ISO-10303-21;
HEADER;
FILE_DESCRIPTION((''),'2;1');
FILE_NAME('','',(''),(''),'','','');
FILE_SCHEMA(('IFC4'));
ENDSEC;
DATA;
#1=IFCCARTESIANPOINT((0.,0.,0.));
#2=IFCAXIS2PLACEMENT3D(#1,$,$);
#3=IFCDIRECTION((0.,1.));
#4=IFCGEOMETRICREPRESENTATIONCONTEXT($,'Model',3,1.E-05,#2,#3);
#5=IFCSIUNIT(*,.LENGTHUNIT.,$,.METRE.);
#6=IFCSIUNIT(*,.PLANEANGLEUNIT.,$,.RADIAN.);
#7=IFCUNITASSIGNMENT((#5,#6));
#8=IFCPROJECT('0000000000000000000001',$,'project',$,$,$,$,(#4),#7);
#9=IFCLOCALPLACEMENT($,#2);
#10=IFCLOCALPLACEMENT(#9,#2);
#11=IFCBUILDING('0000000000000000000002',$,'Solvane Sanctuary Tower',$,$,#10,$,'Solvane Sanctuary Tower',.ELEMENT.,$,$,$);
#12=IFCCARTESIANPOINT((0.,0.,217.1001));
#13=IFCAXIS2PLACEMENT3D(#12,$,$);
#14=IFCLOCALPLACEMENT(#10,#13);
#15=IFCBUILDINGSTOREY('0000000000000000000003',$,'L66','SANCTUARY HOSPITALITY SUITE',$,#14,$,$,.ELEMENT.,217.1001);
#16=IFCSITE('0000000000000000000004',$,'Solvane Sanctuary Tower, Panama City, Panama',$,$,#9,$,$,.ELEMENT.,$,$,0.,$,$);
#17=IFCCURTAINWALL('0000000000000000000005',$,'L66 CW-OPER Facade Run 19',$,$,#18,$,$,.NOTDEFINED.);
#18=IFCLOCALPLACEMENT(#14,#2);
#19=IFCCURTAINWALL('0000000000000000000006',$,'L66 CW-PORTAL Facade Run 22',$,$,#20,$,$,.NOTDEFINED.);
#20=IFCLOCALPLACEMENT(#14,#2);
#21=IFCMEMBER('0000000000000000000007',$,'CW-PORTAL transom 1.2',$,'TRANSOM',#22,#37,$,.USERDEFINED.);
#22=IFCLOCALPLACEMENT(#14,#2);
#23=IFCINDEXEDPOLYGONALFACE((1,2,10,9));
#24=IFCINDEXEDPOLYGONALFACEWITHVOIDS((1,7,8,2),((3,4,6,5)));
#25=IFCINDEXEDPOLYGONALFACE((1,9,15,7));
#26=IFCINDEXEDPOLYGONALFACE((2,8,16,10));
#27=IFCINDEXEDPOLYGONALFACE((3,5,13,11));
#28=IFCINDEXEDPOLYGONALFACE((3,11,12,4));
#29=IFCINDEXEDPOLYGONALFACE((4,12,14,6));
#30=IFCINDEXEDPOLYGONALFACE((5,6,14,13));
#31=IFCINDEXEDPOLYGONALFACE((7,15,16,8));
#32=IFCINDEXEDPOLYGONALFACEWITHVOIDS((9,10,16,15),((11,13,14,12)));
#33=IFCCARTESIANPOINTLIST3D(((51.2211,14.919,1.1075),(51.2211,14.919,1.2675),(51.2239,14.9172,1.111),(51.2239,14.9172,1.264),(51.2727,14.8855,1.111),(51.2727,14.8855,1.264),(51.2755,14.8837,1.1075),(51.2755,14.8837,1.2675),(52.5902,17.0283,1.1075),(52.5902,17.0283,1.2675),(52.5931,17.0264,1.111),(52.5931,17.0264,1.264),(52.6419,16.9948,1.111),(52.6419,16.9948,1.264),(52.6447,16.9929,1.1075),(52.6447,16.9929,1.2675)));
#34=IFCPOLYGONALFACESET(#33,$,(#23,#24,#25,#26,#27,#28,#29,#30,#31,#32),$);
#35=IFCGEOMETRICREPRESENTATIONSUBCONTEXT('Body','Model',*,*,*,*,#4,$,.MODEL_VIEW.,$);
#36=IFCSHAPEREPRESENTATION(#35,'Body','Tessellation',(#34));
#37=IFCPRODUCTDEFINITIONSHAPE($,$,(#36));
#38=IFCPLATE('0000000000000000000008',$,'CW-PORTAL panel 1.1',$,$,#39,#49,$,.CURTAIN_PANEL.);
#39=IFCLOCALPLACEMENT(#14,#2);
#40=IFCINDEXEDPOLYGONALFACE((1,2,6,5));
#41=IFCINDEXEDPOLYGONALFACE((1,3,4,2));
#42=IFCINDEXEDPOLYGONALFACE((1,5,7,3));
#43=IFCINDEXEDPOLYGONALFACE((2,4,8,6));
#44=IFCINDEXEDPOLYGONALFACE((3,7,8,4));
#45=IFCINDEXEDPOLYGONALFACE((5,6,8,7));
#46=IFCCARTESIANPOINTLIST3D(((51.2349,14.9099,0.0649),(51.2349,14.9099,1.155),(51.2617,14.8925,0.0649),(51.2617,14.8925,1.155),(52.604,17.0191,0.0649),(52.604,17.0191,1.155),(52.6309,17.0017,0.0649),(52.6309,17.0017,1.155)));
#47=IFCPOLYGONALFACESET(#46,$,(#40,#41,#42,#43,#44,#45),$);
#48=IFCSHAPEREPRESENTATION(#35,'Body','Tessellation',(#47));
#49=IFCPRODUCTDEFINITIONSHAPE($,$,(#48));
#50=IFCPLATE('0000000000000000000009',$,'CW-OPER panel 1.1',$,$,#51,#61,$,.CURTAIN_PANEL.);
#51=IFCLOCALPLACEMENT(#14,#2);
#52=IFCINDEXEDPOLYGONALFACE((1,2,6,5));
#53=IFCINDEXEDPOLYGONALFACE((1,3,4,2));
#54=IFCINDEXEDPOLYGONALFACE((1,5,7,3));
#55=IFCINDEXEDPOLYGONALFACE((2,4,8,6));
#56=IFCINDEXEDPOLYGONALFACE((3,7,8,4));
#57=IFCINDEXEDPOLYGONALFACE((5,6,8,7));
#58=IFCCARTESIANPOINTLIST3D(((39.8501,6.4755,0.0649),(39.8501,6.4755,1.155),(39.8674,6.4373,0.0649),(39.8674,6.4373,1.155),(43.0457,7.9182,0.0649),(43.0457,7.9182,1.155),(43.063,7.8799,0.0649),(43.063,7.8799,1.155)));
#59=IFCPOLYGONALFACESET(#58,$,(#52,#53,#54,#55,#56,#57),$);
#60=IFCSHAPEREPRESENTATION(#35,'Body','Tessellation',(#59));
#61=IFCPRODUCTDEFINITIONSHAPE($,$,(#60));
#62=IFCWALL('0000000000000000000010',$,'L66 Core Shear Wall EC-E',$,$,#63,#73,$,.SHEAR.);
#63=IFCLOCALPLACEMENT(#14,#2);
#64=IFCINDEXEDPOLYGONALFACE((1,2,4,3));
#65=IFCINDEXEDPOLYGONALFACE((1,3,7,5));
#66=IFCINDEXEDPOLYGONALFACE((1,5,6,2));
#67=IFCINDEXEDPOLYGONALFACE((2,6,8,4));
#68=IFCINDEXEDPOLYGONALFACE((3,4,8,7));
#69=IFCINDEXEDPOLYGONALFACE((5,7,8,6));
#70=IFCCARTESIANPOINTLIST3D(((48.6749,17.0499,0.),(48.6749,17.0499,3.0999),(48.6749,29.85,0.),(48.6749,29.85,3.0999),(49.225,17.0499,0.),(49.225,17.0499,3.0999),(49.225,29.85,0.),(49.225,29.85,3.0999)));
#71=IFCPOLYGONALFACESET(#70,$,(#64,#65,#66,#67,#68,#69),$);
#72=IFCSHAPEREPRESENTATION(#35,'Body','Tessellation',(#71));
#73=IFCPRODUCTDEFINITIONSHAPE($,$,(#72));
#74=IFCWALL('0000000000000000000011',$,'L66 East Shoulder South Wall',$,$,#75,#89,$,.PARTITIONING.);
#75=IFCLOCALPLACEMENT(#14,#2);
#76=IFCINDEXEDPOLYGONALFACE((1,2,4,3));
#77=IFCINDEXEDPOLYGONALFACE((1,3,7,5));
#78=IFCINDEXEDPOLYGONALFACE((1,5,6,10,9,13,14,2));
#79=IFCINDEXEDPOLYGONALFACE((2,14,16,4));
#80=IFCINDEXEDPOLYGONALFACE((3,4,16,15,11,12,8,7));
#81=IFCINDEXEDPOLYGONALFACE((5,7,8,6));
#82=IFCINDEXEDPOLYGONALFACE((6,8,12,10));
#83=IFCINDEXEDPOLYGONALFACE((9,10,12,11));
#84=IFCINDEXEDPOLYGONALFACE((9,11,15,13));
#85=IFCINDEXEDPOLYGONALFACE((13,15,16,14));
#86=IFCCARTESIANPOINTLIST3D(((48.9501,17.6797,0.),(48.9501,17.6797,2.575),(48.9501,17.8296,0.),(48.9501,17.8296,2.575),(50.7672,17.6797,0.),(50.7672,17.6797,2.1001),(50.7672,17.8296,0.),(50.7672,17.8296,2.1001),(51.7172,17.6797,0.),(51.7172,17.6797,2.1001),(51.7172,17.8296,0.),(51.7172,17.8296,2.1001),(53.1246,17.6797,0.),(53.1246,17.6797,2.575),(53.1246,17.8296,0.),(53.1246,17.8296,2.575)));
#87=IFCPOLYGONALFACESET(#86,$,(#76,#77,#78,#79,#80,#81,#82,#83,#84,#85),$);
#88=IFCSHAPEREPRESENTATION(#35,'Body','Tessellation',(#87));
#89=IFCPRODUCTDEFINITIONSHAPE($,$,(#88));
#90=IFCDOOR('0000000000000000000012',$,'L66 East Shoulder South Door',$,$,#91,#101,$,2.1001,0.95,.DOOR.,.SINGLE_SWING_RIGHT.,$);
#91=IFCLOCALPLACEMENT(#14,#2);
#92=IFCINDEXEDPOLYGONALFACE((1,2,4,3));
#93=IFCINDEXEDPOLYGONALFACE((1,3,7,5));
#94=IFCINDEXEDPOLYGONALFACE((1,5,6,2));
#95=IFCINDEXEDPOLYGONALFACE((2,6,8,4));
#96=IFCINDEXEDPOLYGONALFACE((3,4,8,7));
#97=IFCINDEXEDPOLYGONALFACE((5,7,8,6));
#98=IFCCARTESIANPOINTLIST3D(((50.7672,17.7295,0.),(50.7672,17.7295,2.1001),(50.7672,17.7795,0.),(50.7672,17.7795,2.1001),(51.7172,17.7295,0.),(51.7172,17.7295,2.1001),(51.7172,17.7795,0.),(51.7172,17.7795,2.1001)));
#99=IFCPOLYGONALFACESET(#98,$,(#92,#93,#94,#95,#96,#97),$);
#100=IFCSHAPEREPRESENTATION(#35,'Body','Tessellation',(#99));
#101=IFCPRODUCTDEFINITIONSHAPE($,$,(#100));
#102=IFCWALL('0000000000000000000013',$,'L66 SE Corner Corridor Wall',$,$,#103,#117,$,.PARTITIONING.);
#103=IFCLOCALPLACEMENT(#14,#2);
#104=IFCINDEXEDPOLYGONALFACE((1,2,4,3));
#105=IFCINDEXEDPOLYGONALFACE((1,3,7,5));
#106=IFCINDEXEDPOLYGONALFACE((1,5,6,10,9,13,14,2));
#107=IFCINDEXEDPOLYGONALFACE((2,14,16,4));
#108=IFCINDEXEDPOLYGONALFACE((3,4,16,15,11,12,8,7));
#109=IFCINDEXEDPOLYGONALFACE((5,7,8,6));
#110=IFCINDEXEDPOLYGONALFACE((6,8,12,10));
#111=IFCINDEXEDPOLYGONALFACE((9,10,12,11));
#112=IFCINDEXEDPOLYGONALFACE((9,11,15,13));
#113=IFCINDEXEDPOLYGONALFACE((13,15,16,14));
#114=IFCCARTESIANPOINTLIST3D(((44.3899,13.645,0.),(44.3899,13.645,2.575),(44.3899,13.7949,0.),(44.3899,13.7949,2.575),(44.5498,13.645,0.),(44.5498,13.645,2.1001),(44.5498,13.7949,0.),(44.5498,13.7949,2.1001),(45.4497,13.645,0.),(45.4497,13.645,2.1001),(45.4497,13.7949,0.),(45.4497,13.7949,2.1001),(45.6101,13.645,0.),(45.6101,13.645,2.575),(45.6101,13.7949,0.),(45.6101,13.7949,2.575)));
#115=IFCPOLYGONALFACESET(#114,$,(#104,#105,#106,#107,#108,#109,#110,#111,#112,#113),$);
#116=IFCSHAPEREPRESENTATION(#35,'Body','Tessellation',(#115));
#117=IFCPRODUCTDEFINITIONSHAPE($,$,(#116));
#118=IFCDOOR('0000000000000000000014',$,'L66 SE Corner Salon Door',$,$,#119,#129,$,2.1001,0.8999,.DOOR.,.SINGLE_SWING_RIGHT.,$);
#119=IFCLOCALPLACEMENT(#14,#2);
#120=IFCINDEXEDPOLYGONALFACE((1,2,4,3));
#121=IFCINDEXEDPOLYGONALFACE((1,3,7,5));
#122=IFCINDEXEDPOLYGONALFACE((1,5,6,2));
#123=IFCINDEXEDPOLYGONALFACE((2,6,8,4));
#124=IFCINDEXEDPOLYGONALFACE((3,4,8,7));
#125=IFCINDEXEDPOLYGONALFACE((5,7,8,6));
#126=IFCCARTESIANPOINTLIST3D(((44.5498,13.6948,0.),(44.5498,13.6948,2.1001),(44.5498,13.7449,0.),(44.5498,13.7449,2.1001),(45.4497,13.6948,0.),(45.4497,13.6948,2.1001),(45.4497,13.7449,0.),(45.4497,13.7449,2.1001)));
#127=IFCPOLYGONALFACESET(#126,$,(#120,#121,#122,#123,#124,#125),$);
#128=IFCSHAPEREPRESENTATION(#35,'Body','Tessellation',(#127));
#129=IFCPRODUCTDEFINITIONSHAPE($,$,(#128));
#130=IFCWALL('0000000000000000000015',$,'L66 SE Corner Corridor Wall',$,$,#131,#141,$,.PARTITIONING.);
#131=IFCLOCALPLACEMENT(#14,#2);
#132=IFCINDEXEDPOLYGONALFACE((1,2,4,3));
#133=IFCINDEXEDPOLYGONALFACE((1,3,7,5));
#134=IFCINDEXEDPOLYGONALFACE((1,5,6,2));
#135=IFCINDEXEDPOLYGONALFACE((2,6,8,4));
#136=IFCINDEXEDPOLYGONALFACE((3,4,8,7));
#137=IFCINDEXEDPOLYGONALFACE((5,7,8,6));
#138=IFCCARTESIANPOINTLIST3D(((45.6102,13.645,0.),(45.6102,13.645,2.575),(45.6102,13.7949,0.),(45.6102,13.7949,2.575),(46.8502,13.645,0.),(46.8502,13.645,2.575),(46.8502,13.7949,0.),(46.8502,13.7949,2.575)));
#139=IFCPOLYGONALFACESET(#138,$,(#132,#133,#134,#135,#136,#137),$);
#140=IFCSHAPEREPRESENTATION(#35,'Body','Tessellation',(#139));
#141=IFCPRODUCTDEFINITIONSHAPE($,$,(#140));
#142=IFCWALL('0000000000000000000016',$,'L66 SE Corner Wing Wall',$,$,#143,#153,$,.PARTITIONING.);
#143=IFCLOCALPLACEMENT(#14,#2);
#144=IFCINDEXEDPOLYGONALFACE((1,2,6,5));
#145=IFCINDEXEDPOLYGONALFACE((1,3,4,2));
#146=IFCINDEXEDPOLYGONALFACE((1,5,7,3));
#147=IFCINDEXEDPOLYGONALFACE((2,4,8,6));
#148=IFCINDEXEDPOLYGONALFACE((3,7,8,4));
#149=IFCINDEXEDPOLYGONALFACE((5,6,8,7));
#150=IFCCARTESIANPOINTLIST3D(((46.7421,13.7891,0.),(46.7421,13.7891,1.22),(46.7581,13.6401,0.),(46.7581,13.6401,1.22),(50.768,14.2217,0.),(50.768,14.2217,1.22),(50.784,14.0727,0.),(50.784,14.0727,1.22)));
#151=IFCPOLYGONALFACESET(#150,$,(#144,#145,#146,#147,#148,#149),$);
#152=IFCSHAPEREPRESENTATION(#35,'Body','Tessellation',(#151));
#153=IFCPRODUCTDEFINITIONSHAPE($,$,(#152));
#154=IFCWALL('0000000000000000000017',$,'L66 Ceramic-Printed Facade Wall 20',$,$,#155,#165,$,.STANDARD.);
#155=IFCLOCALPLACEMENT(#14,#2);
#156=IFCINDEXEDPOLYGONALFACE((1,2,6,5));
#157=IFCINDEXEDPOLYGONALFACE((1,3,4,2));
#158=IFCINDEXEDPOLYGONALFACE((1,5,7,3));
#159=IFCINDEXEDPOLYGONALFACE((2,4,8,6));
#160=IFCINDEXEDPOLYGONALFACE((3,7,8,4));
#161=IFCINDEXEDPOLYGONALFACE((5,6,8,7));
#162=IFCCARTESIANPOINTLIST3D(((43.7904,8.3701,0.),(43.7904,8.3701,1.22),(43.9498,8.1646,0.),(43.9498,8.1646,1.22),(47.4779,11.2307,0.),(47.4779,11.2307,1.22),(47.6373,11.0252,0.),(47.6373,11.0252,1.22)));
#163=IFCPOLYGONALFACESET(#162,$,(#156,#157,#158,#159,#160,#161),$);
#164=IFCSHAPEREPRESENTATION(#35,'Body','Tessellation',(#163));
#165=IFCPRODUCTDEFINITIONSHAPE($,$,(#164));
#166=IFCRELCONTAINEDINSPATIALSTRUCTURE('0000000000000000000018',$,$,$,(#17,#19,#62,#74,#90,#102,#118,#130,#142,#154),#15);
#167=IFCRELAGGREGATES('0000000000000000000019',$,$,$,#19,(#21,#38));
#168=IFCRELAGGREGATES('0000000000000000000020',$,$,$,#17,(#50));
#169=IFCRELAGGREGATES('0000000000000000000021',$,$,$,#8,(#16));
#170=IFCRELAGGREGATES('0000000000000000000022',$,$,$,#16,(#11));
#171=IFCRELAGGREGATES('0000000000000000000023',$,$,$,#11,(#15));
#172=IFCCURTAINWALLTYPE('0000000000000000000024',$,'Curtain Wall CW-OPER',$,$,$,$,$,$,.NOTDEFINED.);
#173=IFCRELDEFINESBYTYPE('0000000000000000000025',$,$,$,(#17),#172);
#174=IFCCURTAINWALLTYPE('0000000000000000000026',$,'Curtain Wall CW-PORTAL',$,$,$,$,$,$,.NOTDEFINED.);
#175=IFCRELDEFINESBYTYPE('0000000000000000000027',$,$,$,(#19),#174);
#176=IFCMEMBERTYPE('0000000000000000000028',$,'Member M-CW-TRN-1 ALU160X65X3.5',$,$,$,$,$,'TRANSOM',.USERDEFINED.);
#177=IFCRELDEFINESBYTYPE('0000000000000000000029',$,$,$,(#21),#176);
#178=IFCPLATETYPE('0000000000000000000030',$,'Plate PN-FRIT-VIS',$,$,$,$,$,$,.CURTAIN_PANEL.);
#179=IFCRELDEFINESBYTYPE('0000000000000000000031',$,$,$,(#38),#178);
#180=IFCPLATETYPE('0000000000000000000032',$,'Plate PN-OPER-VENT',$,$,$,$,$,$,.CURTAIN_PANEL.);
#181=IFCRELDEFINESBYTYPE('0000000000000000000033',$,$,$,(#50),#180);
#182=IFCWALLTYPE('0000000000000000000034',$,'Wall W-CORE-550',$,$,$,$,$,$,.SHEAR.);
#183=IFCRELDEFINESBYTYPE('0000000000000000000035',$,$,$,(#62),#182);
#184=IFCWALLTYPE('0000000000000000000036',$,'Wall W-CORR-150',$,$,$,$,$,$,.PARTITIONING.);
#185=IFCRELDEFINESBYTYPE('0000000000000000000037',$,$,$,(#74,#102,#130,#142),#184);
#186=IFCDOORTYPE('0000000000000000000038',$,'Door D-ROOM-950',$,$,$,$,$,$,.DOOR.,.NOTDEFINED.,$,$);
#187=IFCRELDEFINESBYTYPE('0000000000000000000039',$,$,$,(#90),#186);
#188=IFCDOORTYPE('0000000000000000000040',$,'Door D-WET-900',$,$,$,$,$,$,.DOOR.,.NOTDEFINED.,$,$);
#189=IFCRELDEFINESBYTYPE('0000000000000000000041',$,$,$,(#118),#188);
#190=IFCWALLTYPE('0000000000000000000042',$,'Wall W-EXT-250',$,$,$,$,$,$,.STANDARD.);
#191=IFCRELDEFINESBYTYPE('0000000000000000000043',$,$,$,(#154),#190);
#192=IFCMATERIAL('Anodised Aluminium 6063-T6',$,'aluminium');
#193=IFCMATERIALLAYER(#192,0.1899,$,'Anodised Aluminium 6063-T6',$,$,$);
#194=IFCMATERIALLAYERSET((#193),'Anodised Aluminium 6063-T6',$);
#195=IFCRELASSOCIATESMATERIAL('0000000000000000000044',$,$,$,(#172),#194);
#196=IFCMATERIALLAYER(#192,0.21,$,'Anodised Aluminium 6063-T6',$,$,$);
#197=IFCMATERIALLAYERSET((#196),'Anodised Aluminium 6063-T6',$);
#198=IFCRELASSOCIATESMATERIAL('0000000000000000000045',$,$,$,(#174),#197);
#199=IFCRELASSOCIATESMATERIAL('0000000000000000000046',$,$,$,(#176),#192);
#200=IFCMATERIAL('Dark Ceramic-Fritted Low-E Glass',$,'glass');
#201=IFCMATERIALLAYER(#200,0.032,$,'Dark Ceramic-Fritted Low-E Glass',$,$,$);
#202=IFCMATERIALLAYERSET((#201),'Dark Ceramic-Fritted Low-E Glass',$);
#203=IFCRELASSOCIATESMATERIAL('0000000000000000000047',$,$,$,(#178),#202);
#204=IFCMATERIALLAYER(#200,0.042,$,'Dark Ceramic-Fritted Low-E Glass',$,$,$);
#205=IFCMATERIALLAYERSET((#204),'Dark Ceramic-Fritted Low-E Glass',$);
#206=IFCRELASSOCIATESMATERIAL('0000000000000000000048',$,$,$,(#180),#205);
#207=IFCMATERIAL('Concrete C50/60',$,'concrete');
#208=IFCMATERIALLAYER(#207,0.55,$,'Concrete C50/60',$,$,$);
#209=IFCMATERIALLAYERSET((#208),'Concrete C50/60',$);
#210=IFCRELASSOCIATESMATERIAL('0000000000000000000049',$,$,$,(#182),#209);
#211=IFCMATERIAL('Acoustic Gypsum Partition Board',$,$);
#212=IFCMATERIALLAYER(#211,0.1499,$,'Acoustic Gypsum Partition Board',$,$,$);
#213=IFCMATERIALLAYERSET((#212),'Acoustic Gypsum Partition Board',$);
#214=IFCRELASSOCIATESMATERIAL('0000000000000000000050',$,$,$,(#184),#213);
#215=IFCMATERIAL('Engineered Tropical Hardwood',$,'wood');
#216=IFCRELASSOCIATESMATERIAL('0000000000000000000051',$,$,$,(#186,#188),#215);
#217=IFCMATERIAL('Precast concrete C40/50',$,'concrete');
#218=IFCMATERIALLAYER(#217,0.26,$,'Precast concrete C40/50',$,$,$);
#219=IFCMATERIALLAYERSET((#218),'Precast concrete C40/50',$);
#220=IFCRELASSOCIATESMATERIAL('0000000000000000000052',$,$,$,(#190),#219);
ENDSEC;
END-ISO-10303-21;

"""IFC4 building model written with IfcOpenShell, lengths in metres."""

from ifc_helpers import new_model, si_unit, direction, frame, frame_2d, origin, origin_2d, place, context, subcontext, project, spatial, rectangle, hollow_rectangle, extrude, material, layer, layer_set, material_profile, profile_set, type_object, element, fill, aggregate, save


model = new_model("IFC4")

# Units and contexts
model_context = context("Model", 3, precision=1e-05, world=origin(), true_north=direction((0.0, 1.0)))
body_context = subcontext(model_context, "Body", "Model", "MODEL_VIEW")
ifc_project = project(units=[si_unit("LENGTHUNIT", "METRE"), si_unit("PLANEANGLEUNIT", "RADIAN")], contexts=[model_context])

# Site, building, storey
site_placement = place(None, origin())
site = spatial("IfcSite", under=ifc_project, at=site_placement, Name="Solvane Sanctuary Tower, Panama City, Panama", CompositionType="ELEMENT", RefElevation=0.0)
building_placement = place(site_placement, origin())
building = spatial("IfcBuilding", under=site, at=building_placement, Name="Solvane Sanctuary Tower", LongName="Solvane Sanctuary Tower", CompositionType="ELEMENT")
storey_placement = place(building_placement, frame((0.0, 0.0, 217.1001)))
storey = spatial("IfcBuildingStorey", under=building, at=storey_placement, Name="L66", Description="SANCTUARY HOSPITALITY SUITE", CompositionType="ELEMENT", Elevation=217.1001)

# Shared definitions
ifc_material_1 = material(Name="Concrete C50/60", Category="concrete")

# Curtain wall
ifc_material_2 = material(Name="Anodised Aluminium 6063-T6", Category="aluminium")
ifc_layer_1 = layer(ifc_material_2, 0.1899, Name="Anodised Aluminium 6063-T6")
ifc_layer_set_1 = layer_set([ifc_layer_1], Name="Anodised Aluminium 6063-T6")
curtain_wall_type_1 = type_object("IfcCurtainWallType", Name="Curtain Wall CW-OPER", PredefinedType="NOTDEFINED", material=ifc_layer_set_1)
curtain_wall_1_placement = place(storey_placement, origin())
curtain_wall_1 = element("IfcCurtainWall", 1, at=curtain_wall_1_placement, inside=storey, type_object=curtain_wall_type_1, Name="L66 CW-OPER Facade Run 19", PredefinedType="NOTDEFINED")

# Curtain wall, member, plate
ifc_layer_2 = layer(ifc_material_2, 0.21, Name="Anodised Aluminium 6063-T6")
ifc_layer_set_2 = layer_set([ifc_layer_2], Name="Anodised Aluminium 6063-T6")
curtain_wall_type_2 = type_object("IfcCurtainWallType", Name="Curtain Wall CW-PORTAL", PredefinedType="NOTDEFINED", material=ifc_layer_set_2)
curtain_wall_2_placement = place(storey_placement, origin())
curtain_wall_2 = element("IfcCurtainWall", 2, at=curtain_wall_2_placement, inside=storey, type_object=curtain_wall_type_2, Name="L66 CW-PORTAL Facade Run 22", PredefinedType="NOTDEFINED")
ifc_material_profile_1 = material_profile(ifc_material_2, hollow_rectangle(XDim=0.0649, YDim=0.1599, WallThickness=0.0034, at=origin_2d()), Name="ALU160X65X3.5")
ifc_profile_set_1 = profile_set([ifc_material_profile_1], Name="Anodised Aluminium 6063-T6")
member_type_1 = type_object("IfcMemberType", Name="Member M-CW-TRN-1 ALU160X65X3.5", ElementType="TRANSOM", PredefinedType="USERDEFINED", material=ifc_profile_set_1)
member_1_placement = place(storey_placement, frame((51.2483, 14.9014, 1.1875), z_axis=(0.544487, 0.83877, 0.0), x_axis=(-0.83877, 0.544487, 0.0)))
member_1 = element("IfcMember", 3, at=member_1_placement, type_object=member_type_1, Name="CW-PORTAL transom 1.2", ObjectType="TRANSOM", PredefinedType="USERDEFINED", context=body_context, shape_type="SweptSolid", body=[
    extrude(hollow_rectangle(XDim=0.0649, YDim=0.1599, WallThickness=0.0034, at=origin_2d()), origin(), (0.0, 0.0, 1.0), 2.5146),
])
ifc_material_3 = material(Name="Dark Ceramic-Fritted Low-E Glass", Category="glass")
ifc_layer_3 = layer(ifc_material_3, 0.032, Name="Dark Ceramic-Fritted Low-E Glass")
ifc_layer_set_3 = layer_set([ifc_layer_3], Name="Dark Ceramic-Fritted Low-E Glass")
plate_type_1 = type_object("IfcPlateType", Name="Plate PN-FRIT-VIS", PredefinedType="CURTAIN_PANEL", material=ifc_layer_set_3)
plate_1_placement = place(storey_placement, frame((51.9329, 15.9558, 0.0649), z_axis=(0.0, 0.0, 1.0), x_axis=(0.544474, 0.838778, 0.0)))
plate_1 = element("IfcPlate", 4, at=plate_1_placement, type_object=plate_type_1, Name="CW-PORTAL panel 1.1", PredefinedType="CURTAIN_PANEL", context=body_context, shape_type="SweptSolid", body=[
    extrude(rectangle(XDim=2.5146, YDim=0.032, at=origin_2d()), origin(), (0.0, 0.0, 1.0), 1.0901),
])
aggregate(curtain_wall_2, [member_1, plate_1])

# Plate
ifc_layer_4 = layer(ifc_material_3, 0.042, Name="Dark Ceramic-Fritted Low-E Glass")
ifc_layer_set_4 = layer_set([ifc_layer_4], Name="Dark Ceramic-Fritted Low-E Glass")
plate_type_2 = type_object("IfcPlateType", Name="Plate PN-OPER-VENT", PredefinedType="CURTAIN_PANEL", material=ifc_layer_set_4)
plate_2_placement = place(storey_placement, frame((41.4565, 7.1777, 0.0649), z_axis=(0.0, 0.0, 1.0), x_axis=(0.911423, 0.411471, 0.0)))
plate_2 = element("IfcPlate", 5, at=plate_2_placement, type_object=plate_type_2, Name="CW-OPER panel 1.1", PredefinedType="CURTAIN_PANEL", context=body_context, shape_type="SweptSolid", body=[
    extrude(rectangle(XDim=3.5061, YDim=0.042, at=origin_2d()), origin(), (0.0, 0.0, 1.0), 1.0901),
])
aggregate(curtain_wall_1, [plate_2])

# Wall
ifc_layer_5 = layer(ifc_material_1, 0.55, Name="Concrete C50/60")
ifc_layer_set_5 = layer_set([ifc_layer_5], Name="Concrete C50/60")
wall_type_1 = type_object("IfcWallType", Name="Wall W-CORE-550", PredefinedType="SHEAR", material=ifc_layer_set_5)
wall_1_placement = place(storey_placement, frame((48.95, 17.05, 0.0), z_axis=(0.0, 0.0, 1.0), x_axis=(0.0, 1.0, 0.0)))
element("IfcWall", 6, at=wall_1_placement, inside=storey, type_object=wall_type_1, Name="L66 Core Shear Wall EC-E", PredefinedType="SHEAR", context=body_context, shape_type="SweptSolid", body=[
    extrude(rectangle(XDim=12.8, YDim=0.55, at=frame_2d((6.3999, 0.0))), origin(), (0.0, 0.0, 1.0), 3.0999),
])

# Walls, openings, doors
ifc_material_4 = material(Name="Acoustic Gypsum Partition Board")
ifc_layer_6 = layer(ifc_material_4, 0.1499, Name="Acoustic Gypsum Partition Board")
ifc_layer_set_6 = layer_set([ifc_layer_6], Name="Acoustic Gypsum Partition Board")
wall_type_2 = type_object("IfcWallType", Name="Wall W-CORR-150", PredefinedType="PARTITIONING", material=ifc_layer_set_6)
wall_2_placement = place(storey_placement, frame((48.95, 17.7546, 0.0), z_axis=(0.0, 0.0, 1.0), x_axis=(1.0, 0.0, 0.0)))
wall_2 = element("IfcWall", 7, at=wall_2_placement, inside=storey, type_object=wall_type_2, Name="L66 East Shoulder South Wall", PredefinedType="PARTITIONING", context=body_context, shape_type="SweptSolid", body=[
    extrude(rectangle(XDim=4.1746, YDim=0.1499, at=frame_2d((2.0874, 0.0))), origin(), (0.0, 0.0, 1.0), 2.575),
])
opening_1_placement = place(wall_2_placement, frame((1.8171, 0.0, 0.0)))
opening_1 = element("IfcOpeningElement", 8, at=opening_1_placement, cuts=wall_2, PredefinedType="OPENING", context=body_context, shape_type="SweptSolid", body=[
    extrude(rectangle(XDim=0.95, YDim=2.1001, at=frame_2d((0.4751, 1.05))), frame((0.0, 0.085, 0.0), z_axis=(0.0, -1.0, 0.0), x_axis=(1.0, 0.0, 0.0)), (0.0, 0.0, 1.0), 0.1699),
])
ifc_material_5 = material(Name="Engineered Tropical Hardwood", Category="wood")
door_type_1 = type_object("IfcDoorType", Name="Door D-ROOM-950", OperationType="NOTDEFINED", PredefinedType="DOOR", material=ifc_material_5)
door_1_placement = place(opening_1_placement, origin())
door_1 = element("IfcDoor", 9, at=door_1_placement, inside=storey, type_object=door_type_1, Name="L66 East Shoulder South Door", OperationType="SINGLE_SWING_RIGHT", OverallHeight=2.1001, OverallWidth=0.95, PredefinedType="DOOR", context=body_context, shape_type="SweptSolid", body=[
    extrude(rectangle(XDim=0.95, YDim=2.1001, at=frame_2d((0.4751, 1.05))), frame((0.0, 0.0249, 0.0), z_axis=(0.0, -1.0, 0.0), x_axis=(1.0, 0.0, 0.0)), (0.0, 0.0, 1.0), 0.05),
])
fill(opening_1, door_1)
wall_3_placement = place(storey_placement, frame((44.3899, 13.72, 0.0), z_axis=(0.0, 0.0, 1.0), x_axis=(1.0, 0.0, 0.0)))
wall_3 = element("IfcWall", 10, at=wall_3_placement, inside=storey, type_object=wall_type_2, Name="L66 SE Corner Corridor Wall", PredefinedType="PARTITIONING", context=body_context, shape_type="SweptSolid", body=[
    extrude(rectangle(XDim=1.2202, YDim=0.1499, at=frame_2d((0.6101, 0.0))), origin(), (0.0, 0.0, 1.0), 2.575),
])
opening_2_placement = place(wall_3_placement, frame((0.1599, 0.0, 0.0)))
opening_2 = element("IfcOpeningElement", 11, at=opening_2_placement, cuts=wall_3, PredefinedType="OPENING", context=body_context, shape_type="SweptSolid", body=[
    extrude(rectangle(XDim=0.8999, YDim=2.1001, at=frame_2d((0.45, 1.05))), frame((0.0, 0.085, 0.0), z_axis=(0.0, -1.0, 0.0), x_axis=(1.0, 0.0, 0.0)), (0.0, 0.0, 1.0), 0.1699),
])
door_type_2 = type_object("IfcDoorType", Name="Door D-WET-900", OperationType="NOTDEFINED", PredefinedType="DOOR", material=ifc_material_5)
door_2_placement = place(opening_2_placement, origin())
door_2 = element("IfcDoor", 12, at=door_2_placement, inside=storey, type_object=door_type_2, Name="L66 SE Corner Salon Door", OperationType="SINGLE_SWING_RIGHT", OverallHeight=2.1001, OverallWidth=0.8999, PredefinedType="DOOR", context=body_context, shape_type="SweptSolid", body=[
    extrude(rectangle(XDim=0.8999, YDim=2.1001, at=frame_2d((0.45, 1.05))), frame((0.0, 0.0249, 0.0), z_axis=(0.0, -1.0, 0.0), x_axis=(1.0, 0.0, 0.0)), (0.0, 0.0, 1.0), 0.05),
])
fill(opening_2, door_2)

# Walls
wall_4_placement = place(storey_placement, frame((45.6101, 13.72, 0.0), z_axis=(0.0, 0.0, 1.0), x_axis=(1.0, 0.0, 0.0)))
element("IfcWall", 13, at=wall_4_placement, inside=storey, type_object=wall_type_2, Name="L66 SE Corner Corridor Wall", PredefinedType="PARTITIONING", context=body_context, shape_type="SweptSolid", body=[
    extrude(rectangle(XDim=1.24, YDim=0.1499, at=frame_2d((0.6201, 0.0))), origin(), (0.0, 0.0, 1.0), 2.575),
])
wall_5_placement = place(storey_placement, frame((46.7502, 13.7146, 0.0), z_axis=(0.0, 0.0, 1.0), x_axis=(0.994276, 0.106844, 0.0)))
element("IfcWall", 14, at=wall_5_placement, inside=storey, type_object=wall_type_2, Name="L66 SE Corner Wing Wall", PredefinedType="PARTITIONING", context=body_context, shape_type="SweptSolid", body=[
    extrude(rectangle(XDim=4.0491, YDim=0.1499, at=frame_2d((2.0244, 0.0))), origin(), (0.0, 0.0, 1.0), 1.22),
])
ifc_material_6 = material(Name="Precast concrete C40/50", Category="concrete")
ifc_layer_7 = layer(ifc_material_6, 0.26, Name="Precast concrete C40/50")
ifc_layer_set_7 = layer_set([ifc_layer_7], Name="Precast concrete C40/50")
wall_type_3 = type_object("IfcWallType", Name="Wall W-EXT-250", PredefinedType="STANDARD", material=ifc_layer_set_7)
wall_6_placement = place(storey_placement, frame((43.8701, 8.2673, 0.0), z_axis=(0.0, 0.0, 1.0), x_axis=(0.790126, 0.612944, 0.0)))
element("IfcWall", 15, at=wall_6_placement, inside=storey, type_object=wall_type_3, Name="L66 Ceramic-Printed Facade Wall 20", PredefinedType="STANDARD", context=body_context, shape_type="SweptSolid", body=[
    extrude(rectangle(XDim=4.667, YDim=0.26, at=frame_2d((2.3335, 0.0))), origin(), (0.0, 0.0, 1.0), 1.22),
])

save(model, "model.ifc")
